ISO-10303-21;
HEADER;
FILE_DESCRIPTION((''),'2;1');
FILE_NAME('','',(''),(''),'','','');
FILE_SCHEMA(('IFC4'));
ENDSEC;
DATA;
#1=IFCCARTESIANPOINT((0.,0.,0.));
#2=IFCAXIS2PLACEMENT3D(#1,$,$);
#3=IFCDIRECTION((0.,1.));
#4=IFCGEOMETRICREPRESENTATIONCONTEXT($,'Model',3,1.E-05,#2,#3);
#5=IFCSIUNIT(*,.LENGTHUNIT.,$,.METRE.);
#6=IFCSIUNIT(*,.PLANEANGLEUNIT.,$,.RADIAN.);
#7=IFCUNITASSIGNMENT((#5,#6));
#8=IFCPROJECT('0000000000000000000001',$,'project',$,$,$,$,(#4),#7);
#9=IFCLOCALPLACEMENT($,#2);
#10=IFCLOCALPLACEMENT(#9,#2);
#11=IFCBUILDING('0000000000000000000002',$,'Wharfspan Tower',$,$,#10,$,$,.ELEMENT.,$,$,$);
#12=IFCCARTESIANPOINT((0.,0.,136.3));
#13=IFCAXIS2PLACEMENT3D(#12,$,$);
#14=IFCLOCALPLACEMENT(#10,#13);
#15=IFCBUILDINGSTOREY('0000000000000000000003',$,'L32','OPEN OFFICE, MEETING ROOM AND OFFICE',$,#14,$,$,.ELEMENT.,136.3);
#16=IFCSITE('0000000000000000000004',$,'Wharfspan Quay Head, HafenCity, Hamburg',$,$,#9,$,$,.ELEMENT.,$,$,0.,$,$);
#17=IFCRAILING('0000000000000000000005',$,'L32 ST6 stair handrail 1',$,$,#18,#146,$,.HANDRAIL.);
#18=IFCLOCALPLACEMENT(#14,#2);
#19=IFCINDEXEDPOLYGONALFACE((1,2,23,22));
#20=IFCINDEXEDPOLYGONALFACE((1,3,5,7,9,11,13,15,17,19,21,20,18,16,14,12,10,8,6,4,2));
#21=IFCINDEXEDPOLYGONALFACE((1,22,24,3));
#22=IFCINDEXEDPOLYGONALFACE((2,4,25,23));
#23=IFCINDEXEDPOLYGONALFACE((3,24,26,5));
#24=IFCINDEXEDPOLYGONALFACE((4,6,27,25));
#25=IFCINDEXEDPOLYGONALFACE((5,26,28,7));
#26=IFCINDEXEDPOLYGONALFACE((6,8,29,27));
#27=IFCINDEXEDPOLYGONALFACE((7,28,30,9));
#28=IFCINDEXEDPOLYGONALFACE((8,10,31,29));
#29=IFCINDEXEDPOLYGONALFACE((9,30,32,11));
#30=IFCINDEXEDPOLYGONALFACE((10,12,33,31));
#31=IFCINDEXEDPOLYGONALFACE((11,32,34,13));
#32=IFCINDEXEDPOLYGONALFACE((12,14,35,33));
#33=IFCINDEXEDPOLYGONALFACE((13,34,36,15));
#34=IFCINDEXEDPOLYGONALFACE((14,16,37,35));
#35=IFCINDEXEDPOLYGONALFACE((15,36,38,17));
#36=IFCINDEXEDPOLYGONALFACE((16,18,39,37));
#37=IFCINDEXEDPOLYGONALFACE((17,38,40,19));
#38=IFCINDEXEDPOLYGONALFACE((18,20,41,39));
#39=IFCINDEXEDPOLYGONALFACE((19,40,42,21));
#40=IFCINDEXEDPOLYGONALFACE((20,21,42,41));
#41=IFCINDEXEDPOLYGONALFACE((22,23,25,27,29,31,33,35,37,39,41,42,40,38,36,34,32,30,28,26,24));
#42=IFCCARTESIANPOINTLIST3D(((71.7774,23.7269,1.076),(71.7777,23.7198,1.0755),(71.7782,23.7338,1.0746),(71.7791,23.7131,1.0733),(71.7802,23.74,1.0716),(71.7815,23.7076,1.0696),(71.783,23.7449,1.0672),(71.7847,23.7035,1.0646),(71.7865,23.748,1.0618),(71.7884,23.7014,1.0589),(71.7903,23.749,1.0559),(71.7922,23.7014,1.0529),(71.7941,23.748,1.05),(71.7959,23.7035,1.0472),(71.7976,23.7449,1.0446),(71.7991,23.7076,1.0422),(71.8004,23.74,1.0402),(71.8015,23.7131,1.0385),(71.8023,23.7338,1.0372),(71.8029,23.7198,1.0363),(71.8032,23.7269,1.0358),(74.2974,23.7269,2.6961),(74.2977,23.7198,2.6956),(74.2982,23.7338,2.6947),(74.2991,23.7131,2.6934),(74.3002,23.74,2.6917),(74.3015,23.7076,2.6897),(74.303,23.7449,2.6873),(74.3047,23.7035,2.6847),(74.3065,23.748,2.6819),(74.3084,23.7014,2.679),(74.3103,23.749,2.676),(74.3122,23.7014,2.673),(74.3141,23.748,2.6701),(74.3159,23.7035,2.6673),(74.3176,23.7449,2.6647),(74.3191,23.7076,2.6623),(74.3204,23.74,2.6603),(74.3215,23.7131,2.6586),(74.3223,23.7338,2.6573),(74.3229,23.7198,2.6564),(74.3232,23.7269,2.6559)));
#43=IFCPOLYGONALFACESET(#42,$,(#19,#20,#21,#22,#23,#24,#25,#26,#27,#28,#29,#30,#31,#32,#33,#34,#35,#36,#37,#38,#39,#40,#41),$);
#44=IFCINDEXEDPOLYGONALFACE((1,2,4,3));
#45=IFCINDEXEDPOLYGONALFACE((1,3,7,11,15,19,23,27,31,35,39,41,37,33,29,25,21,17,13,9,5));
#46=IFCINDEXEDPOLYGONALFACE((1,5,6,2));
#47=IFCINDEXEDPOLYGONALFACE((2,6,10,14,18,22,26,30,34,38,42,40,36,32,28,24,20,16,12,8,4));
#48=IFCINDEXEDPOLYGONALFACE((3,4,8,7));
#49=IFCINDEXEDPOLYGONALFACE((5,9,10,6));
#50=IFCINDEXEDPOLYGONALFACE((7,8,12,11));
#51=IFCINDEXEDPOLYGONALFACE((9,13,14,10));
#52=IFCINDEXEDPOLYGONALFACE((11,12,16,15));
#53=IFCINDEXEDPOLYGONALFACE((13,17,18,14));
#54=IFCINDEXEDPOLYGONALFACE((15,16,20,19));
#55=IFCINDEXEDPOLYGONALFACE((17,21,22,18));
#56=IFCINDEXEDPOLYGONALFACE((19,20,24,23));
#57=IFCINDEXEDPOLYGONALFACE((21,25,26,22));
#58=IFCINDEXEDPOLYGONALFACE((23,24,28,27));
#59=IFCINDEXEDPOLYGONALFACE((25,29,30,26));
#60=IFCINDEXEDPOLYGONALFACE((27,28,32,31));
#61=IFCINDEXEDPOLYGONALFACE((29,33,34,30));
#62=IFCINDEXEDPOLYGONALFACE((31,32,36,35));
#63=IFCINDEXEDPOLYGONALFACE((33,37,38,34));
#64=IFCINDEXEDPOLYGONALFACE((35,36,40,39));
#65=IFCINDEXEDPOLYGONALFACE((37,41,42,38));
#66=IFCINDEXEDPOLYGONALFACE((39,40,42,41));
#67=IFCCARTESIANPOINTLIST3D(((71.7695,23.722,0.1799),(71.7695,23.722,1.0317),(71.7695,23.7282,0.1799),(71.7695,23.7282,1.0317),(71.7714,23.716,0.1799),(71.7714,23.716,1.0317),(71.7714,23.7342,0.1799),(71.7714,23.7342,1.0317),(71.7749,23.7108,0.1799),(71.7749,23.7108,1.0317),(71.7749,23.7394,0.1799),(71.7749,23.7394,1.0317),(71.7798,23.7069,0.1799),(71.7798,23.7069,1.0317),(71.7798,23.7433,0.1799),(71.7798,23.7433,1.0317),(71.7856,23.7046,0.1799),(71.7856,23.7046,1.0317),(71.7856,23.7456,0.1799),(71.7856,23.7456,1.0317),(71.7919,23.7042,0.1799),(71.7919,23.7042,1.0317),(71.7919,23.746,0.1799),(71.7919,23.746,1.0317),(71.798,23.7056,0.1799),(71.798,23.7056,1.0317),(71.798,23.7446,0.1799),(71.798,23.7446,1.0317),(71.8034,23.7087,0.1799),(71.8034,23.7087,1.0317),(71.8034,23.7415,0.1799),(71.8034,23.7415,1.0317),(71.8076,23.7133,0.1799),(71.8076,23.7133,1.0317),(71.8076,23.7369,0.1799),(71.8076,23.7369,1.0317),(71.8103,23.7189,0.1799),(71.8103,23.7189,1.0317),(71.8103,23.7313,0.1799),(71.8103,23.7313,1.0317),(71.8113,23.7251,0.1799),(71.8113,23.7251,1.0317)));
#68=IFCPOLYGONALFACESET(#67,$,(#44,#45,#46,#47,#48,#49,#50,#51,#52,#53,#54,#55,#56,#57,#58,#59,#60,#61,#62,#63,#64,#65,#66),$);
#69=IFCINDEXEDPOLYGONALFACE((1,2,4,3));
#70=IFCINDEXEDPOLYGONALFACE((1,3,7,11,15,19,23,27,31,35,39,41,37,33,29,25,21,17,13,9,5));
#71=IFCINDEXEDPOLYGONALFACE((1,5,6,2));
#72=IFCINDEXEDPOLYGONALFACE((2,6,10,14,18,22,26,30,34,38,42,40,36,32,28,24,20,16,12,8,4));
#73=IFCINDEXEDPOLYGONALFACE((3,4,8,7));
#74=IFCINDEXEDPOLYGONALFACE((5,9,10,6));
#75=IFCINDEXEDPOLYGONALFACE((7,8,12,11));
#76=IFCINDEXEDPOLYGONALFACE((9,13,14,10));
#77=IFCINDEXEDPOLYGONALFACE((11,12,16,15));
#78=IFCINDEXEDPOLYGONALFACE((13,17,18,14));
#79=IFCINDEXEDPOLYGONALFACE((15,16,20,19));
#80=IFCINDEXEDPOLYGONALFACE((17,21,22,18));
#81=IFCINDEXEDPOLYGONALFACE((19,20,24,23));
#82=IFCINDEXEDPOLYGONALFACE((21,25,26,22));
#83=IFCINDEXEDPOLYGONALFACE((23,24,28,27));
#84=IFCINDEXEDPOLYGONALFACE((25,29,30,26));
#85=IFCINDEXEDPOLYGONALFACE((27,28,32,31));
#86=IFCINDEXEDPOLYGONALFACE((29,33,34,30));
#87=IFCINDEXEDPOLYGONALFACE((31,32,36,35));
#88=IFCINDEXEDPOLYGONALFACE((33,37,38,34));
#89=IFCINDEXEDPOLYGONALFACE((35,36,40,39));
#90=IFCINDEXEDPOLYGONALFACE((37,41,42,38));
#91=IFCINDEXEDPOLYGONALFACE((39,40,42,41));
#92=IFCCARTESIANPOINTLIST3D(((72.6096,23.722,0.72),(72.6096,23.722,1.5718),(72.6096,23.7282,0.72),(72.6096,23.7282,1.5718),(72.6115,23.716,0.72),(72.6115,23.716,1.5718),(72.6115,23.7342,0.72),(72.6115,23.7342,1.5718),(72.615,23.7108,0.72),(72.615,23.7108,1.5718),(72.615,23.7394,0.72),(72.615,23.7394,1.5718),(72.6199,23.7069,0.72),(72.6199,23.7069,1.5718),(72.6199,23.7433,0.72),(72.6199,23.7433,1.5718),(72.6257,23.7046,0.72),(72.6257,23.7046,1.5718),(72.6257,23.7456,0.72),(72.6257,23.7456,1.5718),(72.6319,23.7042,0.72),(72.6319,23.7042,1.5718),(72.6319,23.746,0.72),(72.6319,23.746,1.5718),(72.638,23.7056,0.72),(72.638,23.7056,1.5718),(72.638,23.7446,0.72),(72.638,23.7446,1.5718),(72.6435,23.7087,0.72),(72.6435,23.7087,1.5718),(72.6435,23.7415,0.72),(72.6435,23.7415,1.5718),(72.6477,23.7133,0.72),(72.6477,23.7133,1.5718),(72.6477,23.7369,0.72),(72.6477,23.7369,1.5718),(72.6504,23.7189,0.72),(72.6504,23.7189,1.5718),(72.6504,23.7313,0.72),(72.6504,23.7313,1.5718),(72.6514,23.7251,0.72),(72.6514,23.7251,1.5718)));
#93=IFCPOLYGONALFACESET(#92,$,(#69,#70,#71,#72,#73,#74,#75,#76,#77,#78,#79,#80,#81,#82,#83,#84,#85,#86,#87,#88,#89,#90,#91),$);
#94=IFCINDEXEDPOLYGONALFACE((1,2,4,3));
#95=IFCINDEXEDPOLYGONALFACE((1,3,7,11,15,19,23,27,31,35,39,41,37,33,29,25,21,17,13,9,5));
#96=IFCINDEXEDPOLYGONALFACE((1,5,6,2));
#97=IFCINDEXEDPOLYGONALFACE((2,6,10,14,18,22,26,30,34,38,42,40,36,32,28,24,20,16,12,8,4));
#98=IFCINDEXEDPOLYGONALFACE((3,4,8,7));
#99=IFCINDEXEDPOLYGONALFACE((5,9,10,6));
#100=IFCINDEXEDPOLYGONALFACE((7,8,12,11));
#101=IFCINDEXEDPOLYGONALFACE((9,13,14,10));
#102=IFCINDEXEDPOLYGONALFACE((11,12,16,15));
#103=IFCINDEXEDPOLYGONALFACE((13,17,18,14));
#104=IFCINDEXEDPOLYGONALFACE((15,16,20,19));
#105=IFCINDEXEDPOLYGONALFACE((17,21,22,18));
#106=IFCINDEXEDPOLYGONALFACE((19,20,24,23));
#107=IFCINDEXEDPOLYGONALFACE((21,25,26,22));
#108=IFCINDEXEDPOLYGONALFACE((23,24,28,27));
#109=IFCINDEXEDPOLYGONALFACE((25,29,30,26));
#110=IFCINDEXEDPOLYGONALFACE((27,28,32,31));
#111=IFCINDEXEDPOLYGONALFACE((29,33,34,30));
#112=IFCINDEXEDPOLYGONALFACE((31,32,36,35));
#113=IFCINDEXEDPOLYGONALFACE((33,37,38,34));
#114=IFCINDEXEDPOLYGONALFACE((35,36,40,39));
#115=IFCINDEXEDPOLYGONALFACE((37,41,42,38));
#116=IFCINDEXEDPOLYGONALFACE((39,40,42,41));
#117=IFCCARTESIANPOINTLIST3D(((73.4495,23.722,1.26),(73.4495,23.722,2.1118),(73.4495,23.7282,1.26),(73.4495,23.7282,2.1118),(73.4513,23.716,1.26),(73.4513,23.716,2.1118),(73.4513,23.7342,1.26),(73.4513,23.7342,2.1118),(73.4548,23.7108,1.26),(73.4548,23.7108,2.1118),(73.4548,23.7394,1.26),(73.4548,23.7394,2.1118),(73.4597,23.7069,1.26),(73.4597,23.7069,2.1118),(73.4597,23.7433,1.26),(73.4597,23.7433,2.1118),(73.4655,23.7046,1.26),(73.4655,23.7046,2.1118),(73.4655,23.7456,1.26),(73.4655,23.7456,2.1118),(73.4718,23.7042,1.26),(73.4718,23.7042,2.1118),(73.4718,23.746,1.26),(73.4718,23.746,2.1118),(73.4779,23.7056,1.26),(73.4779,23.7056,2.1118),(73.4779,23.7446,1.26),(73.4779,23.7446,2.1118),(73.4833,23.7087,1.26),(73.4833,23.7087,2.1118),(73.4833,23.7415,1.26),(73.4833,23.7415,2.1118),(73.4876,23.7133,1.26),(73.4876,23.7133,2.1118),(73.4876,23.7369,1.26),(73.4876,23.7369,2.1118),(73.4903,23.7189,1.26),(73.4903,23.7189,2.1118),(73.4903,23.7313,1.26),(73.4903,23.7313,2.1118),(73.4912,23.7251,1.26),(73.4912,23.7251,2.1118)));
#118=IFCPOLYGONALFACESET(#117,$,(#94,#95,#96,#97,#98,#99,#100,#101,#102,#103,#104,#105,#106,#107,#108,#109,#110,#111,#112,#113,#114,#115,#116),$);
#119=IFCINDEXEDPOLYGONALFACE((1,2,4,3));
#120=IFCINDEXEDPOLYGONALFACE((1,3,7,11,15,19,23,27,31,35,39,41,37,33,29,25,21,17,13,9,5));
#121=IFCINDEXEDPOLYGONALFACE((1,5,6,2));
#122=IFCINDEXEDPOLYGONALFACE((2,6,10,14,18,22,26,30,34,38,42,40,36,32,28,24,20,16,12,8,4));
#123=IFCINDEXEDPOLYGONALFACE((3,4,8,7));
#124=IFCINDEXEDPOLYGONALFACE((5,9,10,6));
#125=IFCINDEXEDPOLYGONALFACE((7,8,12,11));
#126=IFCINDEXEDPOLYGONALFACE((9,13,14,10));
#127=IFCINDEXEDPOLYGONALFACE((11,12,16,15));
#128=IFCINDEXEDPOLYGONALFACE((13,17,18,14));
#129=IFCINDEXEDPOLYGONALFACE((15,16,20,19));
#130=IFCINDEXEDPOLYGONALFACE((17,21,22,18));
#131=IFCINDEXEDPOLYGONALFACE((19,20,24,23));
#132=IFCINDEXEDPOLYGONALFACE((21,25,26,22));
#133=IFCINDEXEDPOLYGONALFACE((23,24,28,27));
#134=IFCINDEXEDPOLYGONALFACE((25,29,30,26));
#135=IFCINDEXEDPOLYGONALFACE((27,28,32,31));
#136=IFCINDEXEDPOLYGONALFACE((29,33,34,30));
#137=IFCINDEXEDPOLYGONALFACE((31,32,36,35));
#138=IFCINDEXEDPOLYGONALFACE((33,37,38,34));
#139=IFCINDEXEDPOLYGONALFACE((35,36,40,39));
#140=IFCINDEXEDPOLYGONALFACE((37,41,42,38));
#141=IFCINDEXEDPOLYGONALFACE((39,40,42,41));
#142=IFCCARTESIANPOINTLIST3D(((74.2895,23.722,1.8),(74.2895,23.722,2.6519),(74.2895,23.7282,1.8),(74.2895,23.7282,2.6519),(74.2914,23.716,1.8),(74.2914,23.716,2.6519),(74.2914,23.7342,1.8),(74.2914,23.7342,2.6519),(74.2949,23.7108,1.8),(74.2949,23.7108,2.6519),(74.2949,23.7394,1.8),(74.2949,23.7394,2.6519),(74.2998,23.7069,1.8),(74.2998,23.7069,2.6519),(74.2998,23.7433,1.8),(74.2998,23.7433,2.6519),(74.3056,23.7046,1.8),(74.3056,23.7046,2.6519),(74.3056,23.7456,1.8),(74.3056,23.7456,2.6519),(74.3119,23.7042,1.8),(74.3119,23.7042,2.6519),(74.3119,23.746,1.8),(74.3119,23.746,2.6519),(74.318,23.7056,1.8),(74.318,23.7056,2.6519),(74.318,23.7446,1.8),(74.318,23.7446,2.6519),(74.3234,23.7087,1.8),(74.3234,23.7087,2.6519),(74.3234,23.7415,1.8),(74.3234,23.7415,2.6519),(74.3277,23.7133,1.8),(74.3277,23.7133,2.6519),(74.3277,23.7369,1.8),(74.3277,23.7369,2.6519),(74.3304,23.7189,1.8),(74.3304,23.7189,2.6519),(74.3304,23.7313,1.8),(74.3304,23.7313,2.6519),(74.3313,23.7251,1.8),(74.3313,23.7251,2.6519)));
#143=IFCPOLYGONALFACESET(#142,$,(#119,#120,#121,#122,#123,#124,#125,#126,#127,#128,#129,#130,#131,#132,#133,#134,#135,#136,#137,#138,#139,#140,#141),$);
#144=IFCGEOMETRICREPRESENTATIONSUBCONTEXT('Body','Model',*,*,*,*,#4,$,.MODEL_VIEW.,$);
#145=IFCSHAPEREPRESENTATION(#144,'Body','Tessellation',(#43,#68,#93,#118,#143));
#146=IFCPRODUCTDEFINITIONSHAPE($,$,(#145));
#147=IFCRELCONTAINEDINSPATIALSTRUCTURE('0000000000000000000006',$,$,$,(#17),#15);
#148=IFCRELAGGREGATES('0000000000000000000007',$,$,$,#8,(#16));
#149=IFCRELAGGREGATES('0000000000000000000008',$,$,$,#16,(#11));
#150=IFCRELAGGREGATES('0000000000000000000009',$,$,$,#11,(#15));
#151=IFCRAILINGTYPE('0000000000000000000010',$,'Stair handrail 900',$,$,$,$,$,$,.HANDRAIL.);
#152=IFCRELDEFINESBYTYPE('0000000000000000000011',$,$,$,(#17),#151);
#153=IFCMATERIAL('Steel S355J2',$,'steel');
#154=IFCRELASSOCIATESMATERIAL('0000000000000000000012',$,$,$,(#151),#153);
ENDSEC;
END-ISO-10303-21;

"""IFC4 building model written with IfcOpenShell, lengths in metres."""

from ifc_helpers import new_model, si_unit, direction, frame, origin, origin_2d, place, context, subcontext, project, spatial, circle, extrude, material, type_object, element, save


model = new_model("IFC4")

# Units and contexts
model_context = context("Model", 3, precision=1e-05, world=origin(), true_north=direction((0.0, 1.0)))
body_context = subcontext(model_context, "Body", "Model", "MODEL_VIEW")
ifc_project = project(units=[si_unit("LENGTHUNIT", "METRE"), si_unit("PLANEANGLEUNIT", "RADIAN")], contexts=[model_context])

# Site, building, storey
site_placement = place(None, origin())
site = spatial("IfcSite", under=ifc_project, at=site_placement, Name="Wharfspan Quay Head, HafenCity, Hamburg", CompositionType="ELEMENT", RefElevation=0.0)
building_placement = place(site_placement, origin())
building = spatial("IfcBuilding", under=site, at=building_placement, Name="Wharfspan Tower", CompositionType="ELEMENT")
storey_placement = place(building_placement, frame((0.0, 0.0, 136.3)))
storey = spatial("IfcBuildingStorey", under=building, at=storey_placement, Name="L32", Description="OPEN OFFICE, MEETING ROOM AND OFFICE", CompositionType="ELEMENT", Elevation=136.3)

# Shared definitions
ifc_material_1 = material(Name="Steel S355J2", Category="steel")

# Railing
railing_type_1 = type_object("IfcRailingType", Name="Stair handrail 900", PredefinedType="HANDRAIL", material=ifc_material_1)
railing_1_placement = place(storey_placement, frame((71.7903, 23.7251, 0.1799)))
element("IfcRailing", 1, at=railing_1_placement, inside=storey, type_object=railing_type_1, Name="L32 ST6 stair handrail 1", PredefinedType="HANDRAIL", context=body_context, shape_type="SweptSolid", body=[
    extrude(circle(Radius=0.0239, at=origin_2d()), frame((0.0, 0.0, 0.876), z_axis=(0.841163, 0.0, 0.540782), x_axis=(0.0, 1.0, 0.0)), (0.0, 0.0, 1.0), 2.9958),
    extrude(circle(Radius=0.021, at=origin_2d()), origin(), (0.0, 0.0, 1.0), 0.8518),
    extrude(circle(Radius=0.021, at=origin_2d()), frame((0.8401, 0.0, 0.54)), (0.0, 0.0, 1.0), 0.8518),
    extrude(circle(Radius=0.021, at=origin_2d()), frame((1.6799, 0.0, 1.0801)), (0.0, 0.0, 1.0), 0.8518),
    extrude(circle(Radius=0.021, at=origin_2d()), frame((2.52, 0.0, 1.6201)), (0.0, 0.0, 1.0), 0.8518),
])

save(model, "model.ifc")
